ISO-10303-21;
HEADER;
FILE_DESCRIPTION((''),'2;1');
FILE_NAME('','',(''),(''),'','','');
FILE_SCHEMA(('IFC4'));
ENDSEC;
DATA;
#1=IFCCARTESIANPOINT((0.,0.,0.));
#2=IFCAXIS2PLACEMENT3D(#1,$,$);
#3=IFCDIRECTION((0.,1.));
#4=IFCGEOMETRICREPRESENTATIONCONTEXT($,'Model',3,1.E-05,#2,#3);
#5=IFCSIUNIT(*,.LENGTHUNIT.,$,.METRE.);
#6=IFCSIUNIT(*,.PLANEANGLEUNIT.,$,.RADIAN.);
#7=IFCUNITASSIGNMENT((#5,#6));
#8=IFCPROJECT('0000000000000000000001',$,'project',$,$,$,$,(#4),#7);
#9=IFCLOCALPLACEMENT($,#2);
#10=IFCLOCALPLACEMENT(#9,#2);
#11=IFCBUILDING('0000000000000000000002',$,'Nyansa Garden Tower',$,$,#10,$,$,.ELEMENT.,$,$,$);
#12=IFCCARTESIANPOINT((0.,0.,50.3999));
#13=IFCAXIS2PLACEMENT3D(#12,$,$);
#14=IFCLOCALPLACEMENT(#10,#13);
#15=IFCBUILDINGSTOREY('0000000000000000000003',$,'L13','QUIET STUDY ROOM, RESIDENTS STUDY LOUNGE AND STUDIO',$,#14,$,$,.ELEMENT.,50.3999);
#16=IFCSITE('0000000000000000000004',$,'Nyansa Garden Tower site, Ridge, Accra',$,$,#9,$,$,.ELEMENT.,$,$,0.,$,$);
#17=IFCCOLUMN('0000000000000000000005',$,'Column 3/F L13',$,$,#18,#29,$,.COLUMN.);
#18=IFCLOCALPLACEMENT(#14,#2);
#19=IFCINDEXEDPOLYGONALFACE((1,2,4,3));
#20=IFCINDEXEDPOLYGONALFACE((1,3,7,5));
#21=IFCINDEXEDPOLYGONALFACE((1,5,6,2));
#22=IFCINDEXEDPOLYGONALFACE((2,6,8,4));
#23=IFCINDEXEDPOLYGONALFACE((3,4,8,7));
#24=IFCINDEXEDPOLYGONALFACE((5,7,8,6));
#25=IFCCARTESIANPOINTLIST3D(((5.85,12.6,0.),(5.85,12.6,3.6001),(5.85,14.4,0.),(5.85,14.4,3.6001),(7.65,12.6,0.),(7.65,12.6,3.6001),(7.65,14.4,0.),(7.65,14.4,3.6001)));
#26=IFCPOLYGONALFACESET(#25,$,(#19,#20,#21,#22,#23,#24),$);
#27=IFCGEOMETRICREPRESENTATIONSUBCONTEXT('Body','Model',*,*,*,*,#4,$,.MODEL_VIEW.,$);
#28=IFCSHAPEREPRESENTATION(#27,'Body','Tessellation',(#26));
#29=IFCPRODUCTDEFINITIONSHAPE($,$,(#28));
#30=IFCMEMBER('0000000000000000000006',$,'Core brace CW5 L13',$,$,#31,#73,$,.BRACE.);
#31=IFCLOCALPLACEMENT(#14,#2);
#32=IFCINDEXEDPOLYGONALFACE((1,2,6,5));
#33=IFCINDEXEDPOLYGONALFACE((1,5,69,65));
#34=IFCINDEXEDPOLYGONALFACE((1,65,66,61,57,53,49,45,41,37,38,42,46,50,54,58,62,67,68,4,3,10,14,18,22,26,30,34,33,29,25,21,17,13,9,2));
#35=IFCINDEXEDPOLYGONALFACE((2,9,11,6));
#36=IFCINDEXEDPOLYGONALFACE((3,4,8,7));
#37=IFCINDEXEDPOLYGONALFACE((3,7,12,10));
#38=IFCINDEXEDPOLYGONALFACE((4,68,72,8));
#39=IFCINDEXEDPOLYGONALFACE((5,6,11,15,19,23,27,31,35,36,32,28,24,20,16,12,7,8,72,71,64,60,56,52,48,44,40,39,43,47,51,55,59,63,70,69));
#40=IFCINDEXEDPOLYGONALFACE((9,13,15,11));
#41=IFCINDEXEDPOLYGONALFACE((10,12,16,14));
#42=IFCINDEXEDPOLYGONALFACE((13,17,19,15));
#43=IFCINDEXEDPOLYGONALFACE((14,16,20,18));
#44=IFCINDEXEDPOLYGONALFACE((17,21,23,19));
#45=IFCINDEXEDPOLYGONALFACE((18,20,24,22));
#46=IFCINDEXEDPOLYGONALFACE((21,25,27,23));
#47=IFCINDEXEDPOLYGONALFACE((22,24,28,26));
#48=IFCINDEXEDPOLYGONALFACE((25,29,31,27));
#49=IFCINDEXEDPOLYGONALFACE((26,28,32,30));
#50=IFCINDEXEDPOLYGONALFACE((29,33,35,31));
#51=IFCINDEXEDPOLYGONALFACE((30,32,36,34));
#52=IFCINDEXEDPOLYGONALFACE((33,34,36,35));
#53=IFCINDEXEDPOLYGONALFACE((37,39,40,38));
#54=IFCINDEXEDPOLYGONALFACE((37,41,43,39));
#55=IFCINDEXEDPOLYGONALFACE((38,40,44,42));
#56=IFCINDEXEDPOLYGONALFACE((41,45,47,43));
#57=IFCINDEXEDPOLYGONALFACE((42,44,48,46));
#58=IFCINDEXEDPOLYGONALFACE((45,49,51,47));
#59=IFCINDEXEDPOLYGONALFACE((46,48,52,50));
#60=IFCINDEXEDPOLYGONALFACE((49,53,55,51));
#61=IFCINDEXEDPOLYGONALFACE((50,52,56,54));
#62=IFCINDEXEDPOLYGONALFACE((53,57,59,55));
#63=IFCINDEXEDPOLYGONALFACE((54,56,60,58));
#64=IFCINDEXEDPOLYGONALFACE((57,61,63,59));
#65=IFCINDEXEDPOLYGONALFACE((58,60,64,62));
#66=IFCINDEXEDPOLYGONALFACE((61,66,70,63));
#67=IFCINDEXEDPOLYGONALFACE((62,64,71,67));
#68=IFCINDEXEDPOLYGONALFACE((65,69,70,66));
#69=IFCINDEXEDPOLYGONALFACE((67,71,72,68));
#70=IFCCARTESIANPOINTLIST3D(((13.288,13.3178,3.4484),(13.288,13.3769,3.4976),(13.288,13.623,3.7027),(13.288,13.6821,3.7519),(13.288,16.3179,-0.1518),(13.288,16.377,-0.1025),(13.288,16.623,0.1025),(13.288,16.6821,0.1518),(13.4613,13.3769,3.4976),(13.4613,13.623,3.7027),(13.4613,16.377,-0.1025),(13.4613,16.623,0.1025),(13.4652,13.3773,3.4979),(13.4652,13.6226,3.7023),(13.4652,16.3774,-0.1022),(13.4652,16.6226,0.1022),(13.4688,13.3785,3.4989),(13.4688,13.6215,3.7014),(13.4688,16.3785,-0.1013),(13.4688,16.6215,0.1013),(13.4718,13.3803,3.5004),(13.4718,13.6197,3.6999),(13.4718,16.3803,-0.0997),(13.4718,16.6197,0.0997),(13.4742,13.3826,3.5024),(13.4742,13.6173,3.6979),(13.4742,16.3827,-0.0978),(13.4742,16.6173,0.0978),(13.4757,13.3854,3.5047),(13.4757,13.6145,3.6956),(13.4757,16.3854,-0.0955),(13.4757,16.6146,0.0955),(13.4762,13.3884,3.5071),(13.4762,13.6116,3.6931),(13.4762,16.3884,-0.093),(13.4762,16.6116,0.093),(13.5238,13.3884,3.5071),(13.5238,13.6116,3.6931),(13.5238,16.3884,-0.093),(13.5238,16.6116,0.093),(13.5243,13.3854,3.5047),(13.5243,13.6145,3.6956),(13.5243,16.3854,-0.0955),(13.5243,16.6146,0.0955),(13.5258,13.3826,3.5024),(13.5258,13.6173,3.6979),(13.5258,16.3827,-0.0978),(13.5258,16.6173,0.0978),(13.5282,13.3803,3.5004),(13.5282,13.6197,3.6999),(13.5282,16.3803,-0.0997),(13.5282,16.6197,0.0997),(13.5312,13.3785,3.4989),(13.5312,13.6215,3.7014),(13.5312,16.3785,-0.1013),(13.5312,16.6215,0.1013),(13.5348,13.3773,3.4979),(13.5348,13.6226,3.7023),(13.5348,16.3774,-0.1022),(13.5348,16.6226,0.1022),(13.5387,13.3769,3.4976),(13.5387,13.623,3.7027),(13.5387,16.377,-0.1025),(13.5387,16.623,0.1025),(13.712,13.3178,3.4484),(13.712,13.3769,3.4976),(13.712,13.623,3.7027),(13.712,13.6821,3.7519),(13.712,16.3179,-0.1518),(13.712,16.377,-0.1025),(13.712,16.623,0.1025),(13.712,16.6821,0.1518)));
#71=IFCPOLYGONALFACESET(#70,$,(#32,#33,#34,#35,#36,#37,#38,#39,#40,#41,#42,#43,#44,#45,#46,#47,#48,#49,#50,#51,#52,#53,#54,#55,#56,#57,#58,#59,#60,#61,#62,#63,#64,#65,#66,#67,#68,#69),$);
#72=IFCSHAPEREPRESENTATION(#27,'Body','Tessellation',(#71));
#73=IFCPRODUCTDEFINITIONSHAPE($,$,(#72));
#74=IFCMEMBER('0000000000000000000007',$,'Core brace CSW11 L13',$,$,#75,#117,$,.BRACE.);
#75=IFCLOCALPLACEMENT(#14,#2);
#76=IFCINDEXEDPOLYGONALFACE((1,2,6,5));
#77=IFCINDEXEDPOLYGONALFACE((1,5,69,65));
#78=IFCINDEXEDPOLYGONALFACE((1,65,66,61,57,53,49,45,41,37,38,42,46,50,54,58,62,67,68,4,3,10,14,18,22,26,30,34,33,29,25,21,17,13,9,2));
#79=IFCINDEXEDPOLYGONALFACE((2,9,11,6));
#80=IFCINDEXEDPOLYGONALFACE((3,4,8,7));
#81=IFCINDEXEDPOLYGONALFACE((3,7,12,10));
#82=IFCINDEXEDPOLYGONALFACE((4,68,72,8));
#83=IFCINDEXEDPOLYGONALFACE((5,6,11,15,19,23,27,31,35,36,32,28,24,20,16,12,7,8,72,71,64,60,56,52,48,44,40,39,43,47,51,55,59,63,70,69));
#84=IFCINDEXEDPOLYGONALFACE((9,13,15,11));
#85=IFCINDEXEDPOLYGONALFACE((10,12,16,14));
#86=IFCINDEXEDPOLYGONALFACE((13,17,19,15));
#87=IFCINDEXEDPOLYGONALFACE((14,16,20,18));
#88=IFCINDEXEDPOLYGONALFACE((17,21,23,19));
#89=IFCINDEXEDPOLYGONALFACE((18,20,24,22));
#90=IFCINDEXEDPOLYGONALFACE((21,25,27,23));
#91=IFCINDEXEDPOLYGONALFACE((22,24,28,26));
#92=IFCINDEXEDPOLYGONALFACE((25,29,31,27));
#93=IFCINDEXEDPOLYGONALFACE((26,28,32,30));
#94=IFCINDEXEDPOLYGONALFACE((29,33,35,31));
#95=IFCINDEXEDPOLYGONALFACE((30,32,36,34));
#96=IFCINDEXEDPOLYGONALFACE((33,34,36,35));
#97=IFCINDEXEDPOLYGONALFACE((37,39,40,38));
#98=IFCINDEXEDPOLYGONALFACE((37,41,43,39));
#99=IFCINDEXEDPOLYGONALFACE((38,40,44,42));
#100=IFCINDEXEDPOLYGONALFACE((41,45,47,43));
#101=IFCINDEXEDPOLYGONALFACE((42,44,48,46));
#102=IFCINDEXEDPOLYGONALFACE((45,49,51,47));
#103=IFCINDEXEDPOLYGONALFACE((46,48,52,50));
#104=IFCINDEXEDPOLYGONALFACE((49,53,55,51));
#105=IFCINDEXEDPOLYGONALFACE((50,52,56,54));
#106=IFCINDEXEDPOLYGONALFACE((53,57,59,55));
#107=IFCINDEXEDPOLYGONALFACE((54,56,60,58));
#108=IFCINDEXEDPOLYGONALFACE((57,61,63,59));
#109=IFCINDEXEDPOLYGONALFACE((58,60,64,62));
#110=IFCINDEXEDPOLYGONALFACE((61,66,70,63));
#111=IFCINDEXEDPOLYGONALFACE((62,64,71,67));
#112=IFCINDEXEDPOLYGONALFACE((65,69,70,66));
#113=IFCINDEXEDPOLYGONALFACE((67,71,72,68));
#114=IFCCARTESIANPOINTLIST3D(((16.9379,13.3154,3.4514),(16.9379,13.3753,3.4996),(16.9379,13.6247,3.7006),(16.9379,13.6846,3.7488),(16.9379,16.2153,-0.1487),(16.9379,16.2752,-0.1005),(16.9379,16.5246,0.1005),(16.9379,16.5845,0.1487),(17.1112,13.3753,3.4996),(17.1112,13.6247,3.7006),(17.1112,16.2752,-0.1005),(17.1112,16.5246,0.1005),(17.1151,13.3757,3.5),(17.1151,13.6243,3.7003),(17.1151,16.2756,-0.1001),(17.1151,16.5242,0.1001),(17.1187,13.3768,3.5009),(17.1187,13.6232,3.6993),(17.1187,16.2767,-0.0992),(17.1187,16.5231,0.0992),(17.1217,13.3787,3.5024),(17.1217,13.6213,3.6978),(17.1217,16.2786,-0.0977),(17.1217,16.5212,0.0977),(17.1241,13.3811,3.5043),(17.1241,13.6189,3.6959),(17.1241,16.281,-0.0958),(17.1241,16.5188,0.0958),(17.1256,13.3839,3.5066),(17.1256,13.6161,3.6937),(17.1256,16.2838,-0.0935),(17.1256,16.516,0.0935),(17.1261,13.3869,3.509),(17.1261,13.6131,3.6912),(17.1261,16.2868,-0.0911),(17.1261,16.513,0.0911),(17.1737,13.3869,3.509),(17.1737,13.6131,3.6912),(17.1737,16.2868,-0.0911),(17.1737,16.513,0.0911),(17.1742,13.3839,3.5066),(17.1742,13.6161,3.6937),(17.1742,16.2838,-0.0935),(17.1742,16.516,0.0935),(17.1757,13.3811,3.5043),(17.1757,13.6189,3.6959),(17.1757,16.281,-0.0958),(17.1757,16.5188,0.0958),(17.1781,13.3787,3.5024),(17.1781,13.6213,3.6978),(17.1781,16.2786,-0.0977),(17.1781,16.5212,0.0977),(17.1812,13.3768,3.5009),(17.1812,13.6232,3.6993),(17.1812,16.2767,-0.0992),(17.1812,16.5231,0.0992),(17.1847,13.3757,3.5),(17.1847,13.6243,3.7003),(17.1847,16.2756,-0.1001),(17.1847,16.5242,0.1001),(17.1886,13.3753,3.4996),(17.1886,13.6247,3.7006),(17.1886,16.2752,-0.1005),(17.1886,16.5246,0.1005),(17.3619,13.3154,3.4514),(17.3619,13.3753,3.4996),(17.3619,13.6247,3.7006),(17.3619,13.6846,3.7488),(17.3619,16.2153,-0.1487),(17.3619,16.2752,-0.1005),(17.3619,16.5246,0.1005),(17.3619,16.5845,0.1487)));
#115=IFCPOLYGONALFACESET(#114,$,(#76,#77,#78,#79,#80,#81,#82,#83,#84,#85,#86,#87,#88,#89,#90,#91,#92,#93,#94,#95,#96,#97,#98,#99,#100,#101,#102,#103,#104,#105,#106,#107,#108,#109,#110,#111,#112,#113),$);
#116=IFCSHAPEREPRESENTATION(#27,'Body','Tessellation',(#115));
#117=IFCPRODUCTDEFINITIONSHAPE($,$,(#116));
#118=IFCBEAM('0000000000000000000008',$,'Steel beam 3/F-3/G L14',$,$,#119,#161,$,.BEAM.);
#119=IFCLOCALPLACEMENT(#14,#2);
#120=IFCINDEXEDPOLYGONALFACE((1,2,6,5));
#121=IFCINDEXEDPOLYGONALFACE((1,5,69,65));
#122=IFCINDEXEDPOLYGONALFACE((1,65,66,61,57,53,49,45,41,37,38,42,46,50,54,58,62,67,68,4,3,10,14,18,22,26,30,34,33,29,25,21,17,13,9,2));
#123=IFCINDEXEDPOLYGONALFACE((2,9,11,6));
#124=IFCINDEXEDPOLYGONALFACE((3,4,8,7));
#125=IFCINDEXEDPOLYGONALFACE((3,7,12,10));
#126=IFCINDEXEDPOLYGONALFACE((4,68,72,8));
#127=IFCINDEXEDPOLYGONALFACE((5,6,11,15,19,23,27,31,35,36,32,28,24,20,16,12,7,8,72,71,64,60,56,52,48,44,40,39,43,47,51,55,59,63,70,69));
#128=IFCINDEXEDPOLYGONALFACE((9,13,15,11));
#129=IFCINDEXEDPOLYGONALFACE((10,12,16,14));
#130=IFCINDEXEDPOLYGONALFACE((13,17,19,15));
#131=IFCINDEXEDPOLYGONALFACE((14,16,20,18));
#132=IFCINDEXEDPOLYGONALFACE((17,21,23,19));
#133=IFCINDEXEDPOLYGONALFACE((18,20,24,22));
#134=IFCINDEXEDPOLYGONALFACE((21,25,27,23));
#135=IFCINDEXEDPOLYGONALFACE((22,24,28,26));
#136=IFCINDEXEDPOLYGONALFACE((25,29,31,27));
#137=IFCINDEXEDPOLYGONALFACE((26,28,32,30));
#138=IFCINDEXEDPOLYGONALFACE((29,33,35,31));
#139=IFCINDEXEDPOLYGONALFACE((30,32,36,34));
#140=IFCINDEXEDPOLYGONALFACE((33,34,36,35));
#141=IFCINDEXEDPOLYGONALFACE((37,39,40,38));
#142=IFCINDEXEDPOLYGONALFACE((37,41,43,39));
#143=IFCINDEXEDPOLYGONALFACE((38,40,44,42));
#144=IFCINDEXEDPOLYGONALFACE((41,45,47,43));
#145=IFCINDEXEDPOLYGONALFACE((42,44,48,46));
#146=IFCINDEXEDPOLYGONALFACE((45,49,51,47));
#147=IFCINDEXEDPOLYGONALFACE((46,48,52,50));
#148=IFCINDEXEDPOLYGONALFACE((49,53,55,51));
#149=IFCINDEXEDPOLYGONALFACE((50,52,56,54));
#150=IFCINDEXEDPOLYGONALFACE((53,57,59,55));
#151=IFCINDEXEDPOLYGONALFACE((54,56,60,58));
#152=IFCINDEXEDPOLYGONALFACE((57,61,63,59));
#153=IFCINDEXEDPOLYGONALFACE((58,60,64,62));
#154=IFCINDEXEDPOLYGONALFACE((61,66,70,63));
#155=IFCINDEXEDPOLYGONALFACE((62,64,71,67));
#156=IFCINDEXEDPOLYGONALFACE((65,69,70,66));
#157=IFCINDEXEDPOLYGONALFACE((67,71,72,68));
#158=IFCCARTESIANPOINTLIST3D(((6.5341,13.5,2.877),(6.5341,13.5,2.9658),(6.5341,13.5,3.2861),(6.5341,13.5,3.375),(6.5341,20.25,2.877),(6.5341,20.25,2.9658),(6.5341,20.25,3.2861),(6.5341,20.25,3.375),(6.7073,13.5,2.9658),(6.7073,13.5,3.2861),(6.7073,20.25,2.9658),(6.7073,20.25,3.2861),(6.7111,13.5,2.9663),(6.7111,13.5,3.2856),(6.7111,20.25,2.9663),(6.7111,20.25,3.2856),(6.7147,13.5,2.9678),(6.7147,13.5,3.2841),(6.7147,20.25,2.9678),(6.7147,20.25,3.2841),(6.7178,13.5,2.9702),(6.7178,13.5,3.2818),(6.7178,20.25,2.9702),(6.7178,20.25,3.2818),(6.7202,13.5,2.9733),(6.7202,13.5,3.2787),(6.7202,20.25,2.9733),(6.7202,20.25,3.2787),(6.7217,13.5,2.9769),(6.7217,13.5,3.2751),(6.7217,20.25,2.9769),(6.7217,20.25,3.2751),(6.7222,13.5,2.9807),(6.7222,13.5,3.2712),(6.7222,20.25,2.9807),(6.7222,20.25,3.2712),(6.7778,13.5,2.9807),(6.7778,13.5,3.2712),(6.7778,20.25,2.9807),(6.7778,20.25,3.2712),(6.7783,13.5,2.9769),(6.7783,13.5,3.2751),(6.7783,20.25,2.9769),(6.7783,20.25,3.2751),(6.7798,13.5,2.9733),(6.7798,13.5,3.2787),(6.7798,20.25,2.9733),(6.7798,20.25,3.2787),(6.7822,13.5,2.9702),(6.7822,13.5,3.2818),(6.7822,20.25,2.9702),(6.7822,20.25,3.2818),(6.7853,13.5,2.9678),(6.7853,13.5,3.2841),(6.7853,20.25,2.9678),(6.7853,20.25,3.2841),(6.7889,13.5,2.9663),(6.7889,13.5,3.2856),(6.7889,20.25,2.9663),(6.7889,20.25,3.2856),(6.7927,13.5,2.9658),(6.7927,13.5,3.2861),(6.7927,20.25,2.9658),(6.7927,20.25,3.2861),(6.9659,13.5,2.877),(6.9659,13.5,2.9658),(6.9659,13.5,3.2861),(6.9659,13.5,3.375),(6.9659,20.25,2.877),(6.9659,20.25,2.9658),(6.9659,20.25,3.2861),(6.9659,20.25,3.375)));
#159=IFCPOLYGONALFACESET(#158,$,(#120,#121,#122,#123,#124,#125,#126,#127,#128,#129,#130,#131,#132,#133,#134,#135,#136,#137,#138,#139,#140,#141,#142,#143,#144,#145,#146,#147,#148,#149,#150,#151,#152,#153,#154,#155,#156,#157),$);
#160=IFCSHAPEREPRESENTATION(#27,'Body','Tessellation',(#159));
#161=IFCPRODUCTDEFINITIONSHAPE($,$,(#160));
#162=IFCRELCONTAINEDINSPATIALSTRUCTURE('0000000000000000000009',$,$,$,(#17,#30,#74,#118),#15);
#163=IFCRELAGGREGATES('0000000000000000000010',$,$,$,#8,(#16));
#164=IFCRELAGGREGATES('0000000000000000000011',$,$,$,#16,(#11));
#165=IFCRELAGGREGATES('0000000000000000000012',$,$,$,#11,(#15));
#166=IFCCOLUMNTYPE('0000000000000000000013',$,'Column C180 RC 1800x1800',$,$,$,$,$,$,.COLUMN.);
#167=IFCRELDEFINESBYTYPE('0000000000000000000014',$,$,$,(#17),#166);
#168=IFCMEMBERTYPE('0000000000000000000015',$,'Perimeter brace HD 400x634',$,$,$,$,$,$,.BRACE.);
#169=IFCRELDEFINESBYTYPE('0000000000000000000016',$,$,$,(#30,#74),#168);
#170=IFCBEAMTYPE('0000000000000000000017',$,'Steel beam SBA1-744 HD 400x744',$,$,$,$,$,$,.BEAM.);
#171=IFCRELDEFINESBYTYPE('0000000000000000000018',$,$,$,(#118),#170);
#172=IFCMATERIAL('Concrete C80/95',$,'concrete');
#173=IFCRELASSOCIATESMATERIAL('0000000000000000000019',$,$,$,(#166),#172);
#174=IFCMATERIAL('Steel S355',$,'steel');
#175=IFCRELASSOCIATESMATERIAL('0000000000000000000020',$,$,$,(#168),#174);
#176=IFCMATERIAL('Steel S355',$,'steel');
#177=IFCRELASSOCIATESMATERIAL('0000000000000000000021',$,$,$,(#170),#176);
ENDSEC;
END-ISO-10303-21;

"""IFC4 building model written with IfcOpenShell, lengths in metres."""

from ifc_helpers import new_model, si_unit, direction, frame, origin, origin_2d, place, context, subcontext, project, spatial, rectangle, i_section, extrude, material, material_profile, profile_set, type_object, element, save


model = new_model("IFC4")

# Units and contexts
model_context = context("Model", 3, precision=1e-05, world=origin(), true_north=direction((0.0, 1.0)))
body_context = subcontext(model_context, "Body", "Model", "MODEL_VIEW")
ifc_project = project(units=[si_unit("LENGTHUNIT", "METRE"), si_unit("PLANEANGLEUNIT", "RADIAN")], contexts=[model_context])

# Site, building, storey
site_placement = place(None, origin())
site = spatial("IfcSite", under=ifc_project, at=site_placement, Name="Nyansa Garden Tower site, Ridge, Accra", CompositionType="ELEMENT", RefElevation=0.0)
building_placement = place(site_placement, origin())
building = spatial("IfcBuilding", under=site, at=building_placement, Name="Nyansa Garden Tower", CompositionType="ELEMENT")
storey_placement = place(building_placement, frame((0.0, 0.0, 50.3999)))
storey = spatial("IfcBuildingStorey", under=building, at=storey_placement, Name="L13", Description="QUIET STUDY ROOM, RESIDENTS STUDY LOUNGE AND STUDIO", CompositionType="ELEMENT", Elevation=50.3999)

# Column
ifc_material_1 = material(Name="Concrete C80/95", Category="concrete")
ifc_material_profile_1 = material_profile(ifc_material_1, rectangle(XDim=1.8, YDim=1.8, at=origin_2d()), Name="RC 1800x1800")
ifc_profile_set_1 = profile_set([ifc_material_profile_1], Name="Concrete C80/95")
column_type = type_object("IfcColumnType", Name="Column C180 RC 1800x1800", PredefinedType="COLUMN", material=ifc_profile_set_1)
column_placement = place(storey_placement, frame((6.75, 13.5, 0.0), z_axis=(0.0, 0.0, 1.0), x_axis=(1.0, 0.0, 0.0)))
element("IfcColumn", 1, at=column_placement, inside=storey, type_object=column_type, Name="Column 3/F L13", PredefinedType="COLUMN", context=body_context, shape_type="SweptSolid", body=[
    extrude(rectangle(XDim=1.8, YDim=1.8, at=origin_2d()), origin(), (0.0, 0.0, 1.0), 3.6001),
])

# Members
ifc_material_2 = material(Name="Steel S355", Category="steel")
ifc_material_profile_2 = material_profile(ifc_material_2, i_section(OverallWidth=0.4241, OverallDepth=0.4741, WebThickness=0.0476, FlangeThickness=0.0769, FilletRadius=0.0149, at=origin_2d()), Name="HD 400x634")
ifc_profile_set_2 = profile_set([ifc_material_profile_2], Name="Steel S355")
member_type = type_object("IfcMemberType", Name="Perimeter brace HD 400x634", PredefinedType="BRACE", material=ifc_profile_set_2)
member_1_placement = place(storey_placement, frame((13.5, 16.5, 0.0), z_axis=(0.0, -0.640174, 0.76823), x_axis=(1.0, 0.0, 0.0)))
element("IfcMember", 2, at=member_1_placement, inside=storey, type_object=member_type, Name="Core brace CW5 L13", PredefinedType="BRACE", context=body_context, shape_type="SweptSolid", body=[
    extrude(i_section(OverallWidth=0.4241, OverallDepth=0.4741, WebThickness=0.0476, FlangeThickness=0.0769, FilletRadius=0.0149, at=origin_2d()), origin(), (0.0, 0.0, 1.0), 4.6863),
])
member_2_placement = place(storey_placement, frame((17.1499, 16.3999, 0.0), z_axis=(0.0, -0.627306, 0.778773), x_axis=(1.0, 0.0, 0.0)))
element("IfcMember", 3, at=member_2_placement, inside=storey, type_object=member_type, Name="Core brace CSW11 L13", PredefinedType="BRACE", context=body_context, shape_type="SweptSolid", body=[
    extrude(i_section(OverallWidth=0.4241, OverallDepth=0.4741, WebThickness=0.0476, FlangeThickness=0.0769, FilletRadius=0.0149, at=origin_2d()), origin(), (0.0, 0.0, 1.0), 4.6228),
])

# Beam
ifc_material_3 = material(Name="Steel S355", Category="steel")
ifc_material_profile_3 = material_profile(ifc_material_3, i_section(OverallWidth=0.4319, OverallDepth=0.498, WebThickness=0.0557, FlangeThickness=0.0889, FilletRadius=0.0149, at=origin_2d()), Name="HD 400x744")
ifc_profile_set_3 = profile_set([ifc_material_profile_3], Name="Steel S355")
beam_type_1 = type_object("IfcBeamType", Name="Steel beam SBA1-744 HD 400x744", PredefinedType="BEAM", material=ifc_profile_set_3)
beam_1_placement = place(storey_placement, frame((6.75, 13.5, 3.126), z_axis=(0.0, 1.0, 0.0), x_axis=(-1.0, 0.0, 0.0)))
element("IfcBeam", 4, at=beam_1_placement, inside=storey, type_object=beam_type_1, Name="Steel beam 3/F-3/G L14", PredefinedType="BEAM", context=body_context, shape_type="SweptSolid", body=[
    extrude(i_section(OverallWidth=0.4319, OverallDepth=0.498, WebThickness=0.0557, FlangeThickness=0.0889, FilletRadius=0.0149, at=origin_2d()), origin(), (0.0, 0.0, 1.0), 6.75),
])

save(model, "model.ifc")
